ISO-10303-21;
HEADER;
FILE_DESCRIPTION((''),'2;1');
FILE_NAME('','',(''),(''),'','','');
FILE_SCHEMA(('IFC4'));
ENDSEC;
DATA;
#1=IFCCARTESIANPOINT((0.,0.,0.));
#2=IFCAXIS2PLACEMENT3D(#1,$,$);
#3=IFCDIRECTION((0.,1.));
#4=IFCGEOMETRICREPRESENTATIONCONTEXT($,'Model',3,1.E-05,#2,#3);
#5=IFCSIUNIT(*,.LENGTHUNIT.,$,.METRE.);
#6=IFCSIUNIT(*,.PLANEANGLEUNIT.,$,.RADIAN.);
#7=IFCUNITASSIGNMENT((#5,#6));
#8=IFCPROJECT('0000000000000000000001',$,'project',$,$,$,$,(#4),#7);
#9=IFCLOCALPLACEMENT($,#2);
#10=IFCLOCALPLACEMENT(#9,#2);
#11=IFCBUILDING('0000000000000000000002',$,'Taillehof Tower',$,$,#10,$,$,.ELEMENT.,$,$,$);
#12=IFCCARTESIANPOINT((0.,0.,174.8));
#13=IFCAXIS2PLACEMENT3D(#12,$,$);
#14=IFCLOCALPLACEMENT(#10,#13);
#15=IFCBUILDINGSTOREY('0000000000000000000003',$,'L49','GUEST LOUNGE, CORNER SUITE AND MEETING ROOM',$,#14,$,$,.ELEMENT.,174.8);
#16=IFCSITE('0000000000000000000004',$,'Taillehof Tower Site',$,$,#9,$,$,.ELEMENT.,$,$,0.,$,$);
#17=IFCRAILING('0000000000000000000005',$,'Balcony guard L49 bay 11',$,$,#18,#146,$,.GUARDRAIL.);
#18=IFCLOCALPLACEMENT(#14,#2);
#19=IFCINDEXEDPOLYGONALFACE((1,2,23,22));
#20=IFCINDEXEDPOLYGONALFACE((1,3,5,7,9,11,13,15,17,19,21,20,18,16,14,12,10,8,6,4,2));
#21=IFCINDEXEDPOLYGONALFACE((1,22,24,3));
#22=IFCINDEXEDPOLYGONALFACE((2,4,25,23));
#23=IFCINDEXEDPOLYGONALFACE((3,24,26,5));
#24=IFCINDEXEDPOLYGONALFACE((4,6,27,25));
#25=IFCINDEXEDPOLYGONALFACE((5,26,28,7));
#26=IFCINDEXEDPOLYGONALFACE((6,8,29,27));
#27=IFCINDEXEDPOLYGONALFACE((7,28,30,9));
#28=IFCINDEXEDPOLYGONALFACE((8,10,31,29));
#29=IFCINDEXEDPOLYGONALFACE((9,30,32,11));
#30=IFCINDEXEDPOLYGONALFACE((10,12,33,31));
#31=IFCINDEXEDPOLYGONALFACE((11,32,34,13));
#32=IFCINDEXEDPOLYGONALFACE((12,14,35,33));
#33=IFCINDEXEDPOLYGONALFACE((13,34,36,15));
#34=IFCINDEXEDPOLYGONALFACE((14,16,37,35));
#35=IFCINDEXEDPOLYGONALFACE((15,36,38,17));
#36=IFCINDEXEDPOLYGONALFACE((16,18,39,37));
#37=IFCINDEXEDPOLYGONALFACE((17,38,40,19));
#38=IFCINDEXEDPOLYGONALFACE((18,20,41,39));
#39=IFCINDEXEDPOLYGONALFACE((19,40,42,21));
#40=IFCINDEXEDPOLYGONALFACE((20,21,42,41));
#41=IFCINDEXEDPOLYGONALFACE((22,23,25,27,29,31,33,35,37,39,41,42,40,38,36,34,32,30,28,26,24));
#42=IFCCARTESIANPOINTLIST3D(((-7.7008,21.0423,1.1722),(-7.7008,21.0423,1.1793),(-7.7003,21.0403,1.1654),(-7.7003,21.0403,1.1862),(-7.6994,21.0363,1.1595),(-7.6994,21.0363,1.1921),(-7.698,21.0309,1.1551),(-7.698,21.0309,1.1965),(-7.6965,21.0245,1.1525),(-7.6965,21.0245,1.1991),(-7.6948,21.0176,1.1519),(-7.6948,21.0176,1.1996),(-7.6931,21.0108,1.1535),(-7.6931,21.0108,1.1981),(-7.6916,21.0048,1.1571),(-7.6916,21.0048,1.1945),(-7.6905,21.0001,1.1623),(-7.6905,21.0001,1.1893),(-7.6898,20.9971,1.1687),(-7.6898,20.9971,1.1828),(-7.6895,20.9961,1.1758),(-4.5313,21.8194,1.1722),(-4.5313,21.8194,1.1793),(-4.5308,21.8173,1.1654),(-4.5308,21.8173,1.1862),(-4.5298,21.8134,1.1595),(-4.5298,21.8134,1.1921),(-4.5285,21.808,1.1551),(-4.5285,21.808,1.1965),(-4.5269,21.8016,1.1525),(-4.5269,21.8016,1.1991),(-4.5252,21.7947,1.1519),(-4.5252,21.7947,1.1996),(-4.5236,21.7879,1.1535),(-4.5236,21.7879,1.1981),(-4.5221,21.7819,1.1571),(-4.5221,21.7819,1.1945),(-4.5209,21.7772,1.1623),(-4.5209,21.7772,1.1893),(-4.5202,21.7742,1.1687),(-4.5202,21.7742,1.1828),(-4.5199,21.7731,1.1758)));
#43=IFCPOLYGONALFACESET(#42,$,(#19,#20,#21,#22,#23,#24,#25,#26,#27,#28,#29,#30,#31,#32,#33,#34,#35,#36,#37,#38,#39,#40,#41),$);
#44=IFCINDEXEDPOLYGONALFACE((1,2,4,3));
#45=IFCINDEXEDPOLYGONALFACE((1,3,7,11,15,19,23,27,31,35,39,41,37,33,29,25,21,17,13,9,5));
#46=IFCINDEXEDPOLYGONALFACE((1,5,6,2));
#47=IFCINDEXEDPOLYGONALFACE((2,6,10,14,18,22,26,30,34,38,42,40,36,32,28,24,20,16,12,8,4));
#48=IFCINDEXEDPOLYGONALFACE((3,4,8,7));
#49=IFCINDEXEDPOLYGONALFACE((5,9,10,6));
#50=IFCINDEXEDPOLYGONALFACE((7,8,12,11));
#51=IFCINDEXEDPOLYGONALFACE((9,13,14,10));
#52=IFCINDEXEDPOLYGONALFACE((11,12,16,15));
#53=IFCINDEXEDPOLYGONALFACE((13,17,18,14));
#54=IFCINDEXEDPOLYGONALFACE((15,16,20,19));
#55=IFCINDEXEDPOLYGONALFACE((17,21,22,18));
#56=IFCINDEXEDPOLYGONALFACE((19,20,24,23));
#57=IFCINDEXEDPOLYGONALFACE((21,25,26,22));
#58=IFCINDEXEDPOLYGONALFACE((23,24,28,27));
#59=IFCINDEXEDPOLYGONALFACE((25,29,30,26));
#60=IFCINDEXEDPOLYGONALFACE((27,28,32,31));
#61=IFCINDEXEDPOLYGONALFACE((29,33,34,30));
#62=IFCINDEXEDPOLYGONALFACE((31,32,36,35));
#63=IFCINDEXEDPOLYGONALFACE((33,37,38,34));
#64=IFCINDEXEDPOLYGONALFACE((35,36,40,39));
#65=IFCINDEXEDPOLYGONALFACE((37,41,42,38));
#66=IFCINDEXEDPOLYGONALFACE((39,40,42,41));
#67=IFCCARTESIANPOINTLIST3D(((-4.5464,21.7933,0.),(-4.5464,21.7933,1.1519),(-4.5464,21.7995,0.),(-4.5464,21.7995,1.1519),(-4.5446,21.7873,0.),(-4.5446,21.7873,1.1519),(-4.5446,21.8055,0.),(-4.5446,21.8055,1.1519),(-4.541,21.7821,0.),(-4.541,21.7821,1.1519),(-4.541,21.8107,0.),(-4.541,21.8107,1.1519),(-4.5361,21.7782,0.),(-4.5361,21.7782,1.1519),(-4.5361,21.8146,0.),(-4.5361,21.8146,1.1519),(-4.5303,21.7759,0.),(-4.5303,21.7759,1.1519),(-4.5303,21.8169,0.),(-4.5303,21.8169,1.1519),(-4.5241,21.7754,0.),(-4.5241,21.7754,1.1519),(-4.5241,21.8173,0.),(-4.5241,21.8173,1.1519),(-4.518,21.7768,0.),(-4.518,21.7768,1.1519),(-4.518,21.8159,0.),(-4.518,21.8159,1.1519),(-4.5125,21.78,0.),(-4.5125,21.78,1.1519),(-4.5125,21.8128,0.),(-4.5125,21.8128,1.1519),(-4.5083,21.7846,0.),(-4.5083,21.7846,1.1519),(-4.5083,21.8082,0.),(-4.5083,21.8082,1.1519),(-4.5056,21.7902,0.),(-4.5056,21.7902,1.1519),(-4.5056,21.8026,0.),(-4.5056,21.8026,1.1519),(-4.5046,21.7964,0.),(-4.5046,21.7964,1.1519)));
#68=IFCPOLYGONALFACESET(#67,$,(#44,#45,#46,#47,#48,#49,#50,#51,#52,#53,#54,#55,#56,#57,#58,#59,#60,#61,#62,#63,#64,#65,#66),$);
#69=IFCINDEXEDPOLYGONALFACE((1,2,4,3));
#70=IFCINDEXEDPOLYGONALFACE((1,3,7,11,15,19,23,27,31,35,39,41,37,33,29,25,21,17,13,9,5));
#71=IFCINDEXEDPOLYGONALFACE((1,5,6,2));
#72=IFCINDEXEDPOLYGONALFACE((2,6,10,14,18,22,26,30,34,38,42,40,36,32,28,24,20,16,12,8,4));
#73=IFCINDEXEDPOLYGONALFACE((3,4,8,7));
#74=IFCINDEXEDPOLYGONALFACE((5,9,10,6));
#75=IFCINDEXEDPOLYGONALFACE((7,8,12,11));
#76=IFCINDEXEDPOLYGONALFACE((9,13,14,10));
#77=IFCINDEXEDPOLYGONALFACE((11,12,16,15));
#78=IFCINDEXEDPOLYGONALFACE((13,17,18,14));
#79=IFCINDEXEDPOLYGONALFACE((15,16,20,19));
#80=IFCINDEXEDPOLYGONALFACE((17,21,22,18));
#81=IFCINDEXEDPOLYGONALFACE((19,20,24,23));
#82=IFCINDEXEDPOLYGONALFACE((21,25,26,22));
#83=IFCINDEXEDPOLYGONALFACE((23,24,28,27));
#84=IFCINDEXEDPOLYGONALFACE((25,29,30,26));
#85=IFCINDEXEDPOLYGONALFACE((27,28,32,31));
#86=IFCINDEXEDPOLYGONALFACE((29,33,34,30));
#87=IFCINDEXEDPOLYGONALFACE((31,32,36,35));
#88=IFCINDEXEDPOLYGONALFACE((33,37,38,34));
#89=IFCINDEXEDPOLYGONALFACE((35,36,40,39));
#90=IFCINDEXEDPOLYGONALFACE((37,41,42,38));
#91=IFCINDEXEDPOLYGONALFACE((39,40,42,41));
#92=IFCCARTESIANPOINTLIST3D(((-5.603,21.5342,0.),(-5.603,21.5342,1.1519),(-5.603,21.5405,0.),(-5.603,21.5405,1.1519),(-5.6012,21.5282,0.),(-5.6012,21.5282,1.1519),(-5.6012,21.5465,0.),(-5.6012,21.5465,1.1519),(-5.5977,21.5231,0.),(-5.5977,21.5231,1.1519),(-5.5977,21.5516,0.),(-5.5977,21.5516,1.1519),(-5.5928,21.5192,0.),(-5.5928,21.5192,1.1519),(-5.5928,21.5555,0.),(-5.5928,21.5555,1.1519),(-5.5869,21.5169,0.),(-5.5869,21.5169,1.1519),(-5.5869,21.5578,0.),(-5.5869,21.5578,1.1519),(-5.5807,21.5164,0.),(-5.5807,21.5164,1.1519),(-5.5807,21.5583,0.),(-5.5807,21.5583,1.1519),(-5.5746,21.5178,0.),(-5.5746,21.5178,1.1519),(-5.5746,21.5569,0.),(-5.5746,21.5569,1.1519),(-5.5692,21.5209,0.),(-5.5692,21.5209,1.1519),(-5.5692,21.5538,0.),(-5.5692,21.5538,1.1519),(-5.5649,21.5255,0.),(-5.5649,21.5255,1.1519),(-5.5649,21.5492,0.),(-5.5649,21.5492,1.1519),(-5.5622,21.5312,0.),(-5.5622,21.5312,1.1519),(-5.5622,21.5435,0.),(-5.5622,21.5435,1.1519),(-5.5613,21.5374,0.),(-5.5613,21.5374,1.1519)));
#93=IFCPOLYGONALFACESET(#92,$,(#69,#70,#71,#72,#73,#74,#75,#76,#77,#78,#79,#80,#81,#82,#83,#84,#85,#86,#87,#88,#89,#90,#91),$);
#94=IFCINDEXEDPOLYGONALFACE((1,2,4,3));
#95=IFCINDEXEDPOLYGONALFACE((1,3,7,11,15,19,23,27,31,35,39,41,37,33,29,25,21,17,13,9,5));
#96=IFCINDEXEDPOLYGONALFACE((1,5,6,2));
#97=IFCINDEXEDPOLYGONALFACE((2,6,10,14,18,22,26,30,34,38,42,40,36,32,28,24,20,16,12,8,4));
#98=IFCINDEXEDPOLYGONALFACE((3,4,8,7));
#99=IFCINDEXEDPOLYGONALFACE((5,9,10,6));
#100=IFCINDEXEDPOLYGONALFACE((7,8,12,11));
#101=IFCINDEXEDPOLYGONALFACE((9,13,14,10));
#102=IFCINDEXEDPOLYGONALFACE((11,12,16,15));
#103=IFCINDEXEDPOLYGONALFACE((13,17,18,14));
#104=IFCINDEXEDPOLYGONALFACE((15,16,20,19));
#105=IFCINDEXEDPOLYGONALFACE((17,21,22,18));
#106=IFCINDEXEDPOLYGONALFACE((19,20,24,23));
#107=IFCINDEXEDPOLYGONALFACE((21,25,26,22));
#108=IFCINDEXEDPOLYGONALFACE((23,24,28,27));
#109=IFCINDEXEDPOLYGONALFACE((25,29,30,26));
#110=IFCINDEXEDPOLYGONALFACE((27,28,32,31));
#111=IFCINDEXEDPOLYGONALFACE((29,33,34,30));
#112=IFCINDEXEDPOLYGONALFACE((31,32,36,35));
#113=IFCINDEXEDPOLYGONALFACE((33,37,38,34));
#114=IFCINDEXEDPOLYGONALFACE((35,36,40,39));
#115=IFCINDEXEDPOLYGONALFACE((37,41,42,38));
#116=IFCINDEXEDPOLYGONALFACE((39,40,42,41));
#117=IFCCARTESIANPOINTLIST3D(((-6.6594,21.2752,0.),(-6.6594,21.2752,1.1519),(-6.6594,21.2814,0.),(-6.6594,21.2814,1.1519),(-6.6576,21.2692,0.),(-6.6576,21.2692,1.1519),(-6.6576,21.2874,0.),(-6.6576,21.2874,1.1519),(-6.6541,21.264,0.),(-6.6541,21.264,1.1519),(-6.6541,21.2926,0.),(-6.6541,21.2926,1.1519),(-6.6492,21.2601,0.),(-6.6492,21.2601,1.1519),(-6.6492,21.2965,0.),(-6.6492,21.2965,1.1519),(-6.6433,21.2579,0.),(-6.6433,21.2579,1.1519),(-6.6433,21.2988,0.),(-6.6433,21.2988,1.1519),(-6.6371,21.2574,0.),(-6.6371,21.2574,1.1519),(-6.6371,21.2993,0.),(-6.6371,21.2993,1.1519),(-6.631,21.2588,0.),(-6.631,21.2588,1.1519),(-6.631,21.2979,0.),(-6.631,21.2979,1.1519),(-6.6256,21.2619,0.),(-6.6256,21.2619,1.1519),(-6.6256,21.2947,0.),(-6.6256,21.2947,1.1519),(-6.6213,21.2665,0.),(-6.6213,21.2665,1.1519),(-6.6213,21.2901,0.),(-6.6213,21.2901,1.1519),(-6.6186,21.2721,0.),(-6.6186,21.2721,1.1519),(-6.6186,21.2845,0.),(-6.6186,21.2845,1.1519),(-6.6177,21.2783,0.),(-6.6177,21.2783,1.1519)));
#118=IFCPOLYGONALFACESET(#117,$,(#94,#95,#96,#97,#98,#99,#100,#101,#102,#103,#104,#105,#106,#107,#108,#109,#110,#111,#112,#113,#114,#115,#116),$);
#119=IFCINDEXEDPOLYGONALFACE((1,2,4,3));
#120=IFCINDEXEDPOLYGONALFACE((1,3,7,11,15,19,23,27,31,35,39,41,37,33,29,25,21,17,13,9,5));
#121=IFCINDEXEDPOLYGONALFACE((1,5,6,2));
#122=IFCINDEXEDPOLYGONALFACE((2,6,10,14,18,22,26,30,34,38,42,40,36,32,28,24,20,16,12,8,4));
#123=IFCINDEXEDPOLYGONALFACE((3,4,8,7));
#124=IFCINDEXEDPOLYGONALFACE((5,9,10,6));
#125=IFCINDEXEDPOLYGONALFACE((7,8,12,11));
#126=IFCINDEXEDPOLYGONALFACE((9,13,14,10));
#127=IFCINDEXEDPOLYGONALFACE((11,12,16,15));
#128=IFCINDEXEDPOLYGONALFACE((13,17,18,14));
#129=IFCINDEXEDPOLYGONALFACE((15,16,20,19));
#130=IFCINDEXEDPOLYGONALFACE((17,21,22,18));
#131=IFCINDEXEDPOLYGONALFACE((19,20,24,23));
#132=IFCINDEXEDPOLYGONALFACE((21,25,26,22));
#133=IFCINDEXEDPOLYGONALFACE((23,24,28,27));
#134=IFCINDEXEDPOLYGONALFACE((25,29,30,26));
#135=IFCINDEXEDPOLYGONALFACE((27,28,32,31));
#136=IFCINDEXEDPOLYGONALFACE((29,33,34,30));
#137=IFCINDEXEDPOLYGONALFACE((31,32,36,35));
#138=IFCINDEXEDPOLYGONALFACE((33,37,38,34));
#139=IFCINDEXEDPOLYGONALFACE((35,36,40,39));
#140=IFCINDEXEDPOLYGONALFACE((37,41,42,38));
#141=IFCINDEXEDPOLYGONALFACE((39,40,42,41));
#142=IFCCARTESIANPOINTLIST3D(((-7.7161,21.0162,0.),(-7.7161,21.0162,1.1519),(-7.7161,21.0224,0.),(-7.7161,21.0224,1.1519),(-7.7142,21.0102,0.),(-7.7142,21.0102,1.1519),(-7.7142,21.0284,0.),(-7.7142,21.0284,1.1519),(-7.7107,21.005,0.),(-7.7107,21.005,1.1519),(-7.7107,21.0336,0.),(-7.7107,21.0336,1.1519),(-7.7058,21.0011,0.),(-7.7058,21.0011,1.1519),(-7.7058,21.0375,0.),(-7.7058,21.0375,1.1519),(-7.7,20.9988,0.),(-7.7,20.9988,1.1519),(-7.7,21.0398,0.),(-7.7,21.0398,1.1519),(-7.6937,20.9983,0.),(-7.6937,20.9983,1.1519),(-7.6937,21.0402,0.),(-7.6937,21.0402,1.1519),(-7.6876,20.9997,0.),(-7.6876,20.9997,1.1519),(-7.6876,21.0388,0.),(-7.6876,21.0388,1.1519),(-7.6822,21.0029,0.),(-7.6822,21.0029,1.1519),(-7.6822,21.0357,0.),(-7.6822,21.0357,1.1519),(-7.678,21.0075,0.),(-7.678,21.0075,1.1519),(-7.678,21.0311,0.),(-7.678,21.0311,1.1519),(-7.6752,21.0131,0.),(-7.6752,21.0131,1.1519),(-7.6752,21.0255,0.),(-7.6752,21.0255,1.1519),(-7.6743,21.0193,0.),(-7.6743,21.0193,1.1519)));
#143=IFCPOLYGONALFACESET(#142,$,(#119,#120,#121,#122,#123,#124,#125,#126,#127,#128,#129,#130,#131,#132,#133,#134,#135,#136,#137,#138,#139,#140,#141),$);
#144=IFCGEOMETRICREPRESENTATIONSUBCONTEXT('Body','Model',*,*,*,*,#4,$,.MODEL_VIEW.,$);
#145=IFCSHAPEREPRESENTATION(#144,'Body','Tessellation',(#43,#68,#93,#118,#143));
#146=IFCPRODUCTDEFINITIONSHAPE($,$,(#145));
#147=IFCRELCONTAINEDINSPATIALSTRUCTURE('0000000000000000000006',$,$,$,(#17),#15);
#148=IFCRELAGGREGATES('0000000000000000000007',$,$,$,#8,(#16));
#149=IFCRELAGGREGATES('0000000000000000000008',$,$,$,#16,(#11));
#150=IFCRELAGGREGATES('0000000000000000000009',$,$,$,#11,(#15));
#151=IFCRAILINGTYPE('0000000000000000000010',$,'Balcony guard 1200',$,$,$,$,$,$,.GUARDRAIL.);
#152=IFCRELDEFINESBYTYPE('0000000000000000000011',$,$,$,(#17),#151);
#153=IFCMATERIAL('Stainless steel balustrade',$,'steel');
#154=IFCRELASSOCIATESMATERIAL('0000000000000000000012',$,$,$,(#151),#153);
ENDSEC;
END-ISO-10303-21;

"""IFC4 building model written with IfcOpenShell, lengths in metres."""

from ifc_helpers import new_model, si_unit, direction, frame, origin, origin_2d, place, context, subcontext, project, spatial, circle, extrude, material, type_object, element, save


model = new_model("IFC4")

# Units and contexts
model_context = context("Model", 3, precision=1e-05, world=origin(), true_north=direction((0.0, 1.0)))
body_context = subcontext(model_context, "Body", "Model", "MODEL_VIEW")
ifc_project = project(units=[si_unit("LENGTHUNIT", "METRE"), si_unit("PLANEANGLEUNIT", "RADIAN")], contexts=[model_context])

# Site, building, storey
site_placement = place(None, origin())
site = spatial("IfcSite", under=ifc_project, at=site_placement, Name="Taillehof Tower Site", CompositionType="ELEMENT", RefElevation=0.0)
building_placement = place(site_placement, origin())
building = spatial("IfcBuilding", under=site, at=building_placement, Name="Taillehof Tower", CompositionType="ELEMENT")
storey_placement = place(building_placement, frame((0.0, 0.0, 174.8)))
storey = spatial("IfcBuildingStorey", under=building, at=storey_placement, Name="L49", Description="GUEST LOUNGE, CORNER SUITE AND MEETING ROOM", CompositionType="ELEMENT", Elevation=174.8)

# Railing
ifc_material_1 = material(Name="Stainless steel balustrade", Category="steel")
railing_type = type_object("IfcRailingType", Name="Balcony guard 1200", PredefinedType="GUARDRAIL", material=ifc_material_1)
railing_placement = place(storey_placement, frame((-4.5256, 21.7964, 0.0)))
element("IfcRailing", 1, at=railing_placement, inside=storey, type_object=railing_type, Name="Balcony guard L49 bay 11", PredefinedType="GUARDRAIL", context=body_context, shape_type="SweptSolid", body=[
    extrude(circle(Radius=0.0239, at=origin_2d()), frame((0.0, 0.0, 1.1758), z_axis=(-0.971237, -0.238115, 0.0), x_axis=(0.238115, -0.971237, 0.0)), (0.0, 0.0, 1.0), 3.2634),
    extrude(circle(Radius=0.021, at=origin_2d()), origin(), (0.0, 0.0, 1.0), 1.1519),
    extrude(circle(Radius=0.021, at=origin_2d()), frame((-1.0566, -0.259, 0.0)), (0.0, 0.0, 1.0), 1.1519),
    extrude(circle(Radius=0.021, at=origin_2d()), frame((-2.113, -0.5181, 0.0)), (0.0, 0.0, 1.0), 1.1519),
    extrude(circle(Radius=0.021, at=origin_2d()), frame((-3.1697, -0.7771, 0.0)), (0.0, 0.0, 1.0), 1.1519),
])

save(model, "model.ifc")
